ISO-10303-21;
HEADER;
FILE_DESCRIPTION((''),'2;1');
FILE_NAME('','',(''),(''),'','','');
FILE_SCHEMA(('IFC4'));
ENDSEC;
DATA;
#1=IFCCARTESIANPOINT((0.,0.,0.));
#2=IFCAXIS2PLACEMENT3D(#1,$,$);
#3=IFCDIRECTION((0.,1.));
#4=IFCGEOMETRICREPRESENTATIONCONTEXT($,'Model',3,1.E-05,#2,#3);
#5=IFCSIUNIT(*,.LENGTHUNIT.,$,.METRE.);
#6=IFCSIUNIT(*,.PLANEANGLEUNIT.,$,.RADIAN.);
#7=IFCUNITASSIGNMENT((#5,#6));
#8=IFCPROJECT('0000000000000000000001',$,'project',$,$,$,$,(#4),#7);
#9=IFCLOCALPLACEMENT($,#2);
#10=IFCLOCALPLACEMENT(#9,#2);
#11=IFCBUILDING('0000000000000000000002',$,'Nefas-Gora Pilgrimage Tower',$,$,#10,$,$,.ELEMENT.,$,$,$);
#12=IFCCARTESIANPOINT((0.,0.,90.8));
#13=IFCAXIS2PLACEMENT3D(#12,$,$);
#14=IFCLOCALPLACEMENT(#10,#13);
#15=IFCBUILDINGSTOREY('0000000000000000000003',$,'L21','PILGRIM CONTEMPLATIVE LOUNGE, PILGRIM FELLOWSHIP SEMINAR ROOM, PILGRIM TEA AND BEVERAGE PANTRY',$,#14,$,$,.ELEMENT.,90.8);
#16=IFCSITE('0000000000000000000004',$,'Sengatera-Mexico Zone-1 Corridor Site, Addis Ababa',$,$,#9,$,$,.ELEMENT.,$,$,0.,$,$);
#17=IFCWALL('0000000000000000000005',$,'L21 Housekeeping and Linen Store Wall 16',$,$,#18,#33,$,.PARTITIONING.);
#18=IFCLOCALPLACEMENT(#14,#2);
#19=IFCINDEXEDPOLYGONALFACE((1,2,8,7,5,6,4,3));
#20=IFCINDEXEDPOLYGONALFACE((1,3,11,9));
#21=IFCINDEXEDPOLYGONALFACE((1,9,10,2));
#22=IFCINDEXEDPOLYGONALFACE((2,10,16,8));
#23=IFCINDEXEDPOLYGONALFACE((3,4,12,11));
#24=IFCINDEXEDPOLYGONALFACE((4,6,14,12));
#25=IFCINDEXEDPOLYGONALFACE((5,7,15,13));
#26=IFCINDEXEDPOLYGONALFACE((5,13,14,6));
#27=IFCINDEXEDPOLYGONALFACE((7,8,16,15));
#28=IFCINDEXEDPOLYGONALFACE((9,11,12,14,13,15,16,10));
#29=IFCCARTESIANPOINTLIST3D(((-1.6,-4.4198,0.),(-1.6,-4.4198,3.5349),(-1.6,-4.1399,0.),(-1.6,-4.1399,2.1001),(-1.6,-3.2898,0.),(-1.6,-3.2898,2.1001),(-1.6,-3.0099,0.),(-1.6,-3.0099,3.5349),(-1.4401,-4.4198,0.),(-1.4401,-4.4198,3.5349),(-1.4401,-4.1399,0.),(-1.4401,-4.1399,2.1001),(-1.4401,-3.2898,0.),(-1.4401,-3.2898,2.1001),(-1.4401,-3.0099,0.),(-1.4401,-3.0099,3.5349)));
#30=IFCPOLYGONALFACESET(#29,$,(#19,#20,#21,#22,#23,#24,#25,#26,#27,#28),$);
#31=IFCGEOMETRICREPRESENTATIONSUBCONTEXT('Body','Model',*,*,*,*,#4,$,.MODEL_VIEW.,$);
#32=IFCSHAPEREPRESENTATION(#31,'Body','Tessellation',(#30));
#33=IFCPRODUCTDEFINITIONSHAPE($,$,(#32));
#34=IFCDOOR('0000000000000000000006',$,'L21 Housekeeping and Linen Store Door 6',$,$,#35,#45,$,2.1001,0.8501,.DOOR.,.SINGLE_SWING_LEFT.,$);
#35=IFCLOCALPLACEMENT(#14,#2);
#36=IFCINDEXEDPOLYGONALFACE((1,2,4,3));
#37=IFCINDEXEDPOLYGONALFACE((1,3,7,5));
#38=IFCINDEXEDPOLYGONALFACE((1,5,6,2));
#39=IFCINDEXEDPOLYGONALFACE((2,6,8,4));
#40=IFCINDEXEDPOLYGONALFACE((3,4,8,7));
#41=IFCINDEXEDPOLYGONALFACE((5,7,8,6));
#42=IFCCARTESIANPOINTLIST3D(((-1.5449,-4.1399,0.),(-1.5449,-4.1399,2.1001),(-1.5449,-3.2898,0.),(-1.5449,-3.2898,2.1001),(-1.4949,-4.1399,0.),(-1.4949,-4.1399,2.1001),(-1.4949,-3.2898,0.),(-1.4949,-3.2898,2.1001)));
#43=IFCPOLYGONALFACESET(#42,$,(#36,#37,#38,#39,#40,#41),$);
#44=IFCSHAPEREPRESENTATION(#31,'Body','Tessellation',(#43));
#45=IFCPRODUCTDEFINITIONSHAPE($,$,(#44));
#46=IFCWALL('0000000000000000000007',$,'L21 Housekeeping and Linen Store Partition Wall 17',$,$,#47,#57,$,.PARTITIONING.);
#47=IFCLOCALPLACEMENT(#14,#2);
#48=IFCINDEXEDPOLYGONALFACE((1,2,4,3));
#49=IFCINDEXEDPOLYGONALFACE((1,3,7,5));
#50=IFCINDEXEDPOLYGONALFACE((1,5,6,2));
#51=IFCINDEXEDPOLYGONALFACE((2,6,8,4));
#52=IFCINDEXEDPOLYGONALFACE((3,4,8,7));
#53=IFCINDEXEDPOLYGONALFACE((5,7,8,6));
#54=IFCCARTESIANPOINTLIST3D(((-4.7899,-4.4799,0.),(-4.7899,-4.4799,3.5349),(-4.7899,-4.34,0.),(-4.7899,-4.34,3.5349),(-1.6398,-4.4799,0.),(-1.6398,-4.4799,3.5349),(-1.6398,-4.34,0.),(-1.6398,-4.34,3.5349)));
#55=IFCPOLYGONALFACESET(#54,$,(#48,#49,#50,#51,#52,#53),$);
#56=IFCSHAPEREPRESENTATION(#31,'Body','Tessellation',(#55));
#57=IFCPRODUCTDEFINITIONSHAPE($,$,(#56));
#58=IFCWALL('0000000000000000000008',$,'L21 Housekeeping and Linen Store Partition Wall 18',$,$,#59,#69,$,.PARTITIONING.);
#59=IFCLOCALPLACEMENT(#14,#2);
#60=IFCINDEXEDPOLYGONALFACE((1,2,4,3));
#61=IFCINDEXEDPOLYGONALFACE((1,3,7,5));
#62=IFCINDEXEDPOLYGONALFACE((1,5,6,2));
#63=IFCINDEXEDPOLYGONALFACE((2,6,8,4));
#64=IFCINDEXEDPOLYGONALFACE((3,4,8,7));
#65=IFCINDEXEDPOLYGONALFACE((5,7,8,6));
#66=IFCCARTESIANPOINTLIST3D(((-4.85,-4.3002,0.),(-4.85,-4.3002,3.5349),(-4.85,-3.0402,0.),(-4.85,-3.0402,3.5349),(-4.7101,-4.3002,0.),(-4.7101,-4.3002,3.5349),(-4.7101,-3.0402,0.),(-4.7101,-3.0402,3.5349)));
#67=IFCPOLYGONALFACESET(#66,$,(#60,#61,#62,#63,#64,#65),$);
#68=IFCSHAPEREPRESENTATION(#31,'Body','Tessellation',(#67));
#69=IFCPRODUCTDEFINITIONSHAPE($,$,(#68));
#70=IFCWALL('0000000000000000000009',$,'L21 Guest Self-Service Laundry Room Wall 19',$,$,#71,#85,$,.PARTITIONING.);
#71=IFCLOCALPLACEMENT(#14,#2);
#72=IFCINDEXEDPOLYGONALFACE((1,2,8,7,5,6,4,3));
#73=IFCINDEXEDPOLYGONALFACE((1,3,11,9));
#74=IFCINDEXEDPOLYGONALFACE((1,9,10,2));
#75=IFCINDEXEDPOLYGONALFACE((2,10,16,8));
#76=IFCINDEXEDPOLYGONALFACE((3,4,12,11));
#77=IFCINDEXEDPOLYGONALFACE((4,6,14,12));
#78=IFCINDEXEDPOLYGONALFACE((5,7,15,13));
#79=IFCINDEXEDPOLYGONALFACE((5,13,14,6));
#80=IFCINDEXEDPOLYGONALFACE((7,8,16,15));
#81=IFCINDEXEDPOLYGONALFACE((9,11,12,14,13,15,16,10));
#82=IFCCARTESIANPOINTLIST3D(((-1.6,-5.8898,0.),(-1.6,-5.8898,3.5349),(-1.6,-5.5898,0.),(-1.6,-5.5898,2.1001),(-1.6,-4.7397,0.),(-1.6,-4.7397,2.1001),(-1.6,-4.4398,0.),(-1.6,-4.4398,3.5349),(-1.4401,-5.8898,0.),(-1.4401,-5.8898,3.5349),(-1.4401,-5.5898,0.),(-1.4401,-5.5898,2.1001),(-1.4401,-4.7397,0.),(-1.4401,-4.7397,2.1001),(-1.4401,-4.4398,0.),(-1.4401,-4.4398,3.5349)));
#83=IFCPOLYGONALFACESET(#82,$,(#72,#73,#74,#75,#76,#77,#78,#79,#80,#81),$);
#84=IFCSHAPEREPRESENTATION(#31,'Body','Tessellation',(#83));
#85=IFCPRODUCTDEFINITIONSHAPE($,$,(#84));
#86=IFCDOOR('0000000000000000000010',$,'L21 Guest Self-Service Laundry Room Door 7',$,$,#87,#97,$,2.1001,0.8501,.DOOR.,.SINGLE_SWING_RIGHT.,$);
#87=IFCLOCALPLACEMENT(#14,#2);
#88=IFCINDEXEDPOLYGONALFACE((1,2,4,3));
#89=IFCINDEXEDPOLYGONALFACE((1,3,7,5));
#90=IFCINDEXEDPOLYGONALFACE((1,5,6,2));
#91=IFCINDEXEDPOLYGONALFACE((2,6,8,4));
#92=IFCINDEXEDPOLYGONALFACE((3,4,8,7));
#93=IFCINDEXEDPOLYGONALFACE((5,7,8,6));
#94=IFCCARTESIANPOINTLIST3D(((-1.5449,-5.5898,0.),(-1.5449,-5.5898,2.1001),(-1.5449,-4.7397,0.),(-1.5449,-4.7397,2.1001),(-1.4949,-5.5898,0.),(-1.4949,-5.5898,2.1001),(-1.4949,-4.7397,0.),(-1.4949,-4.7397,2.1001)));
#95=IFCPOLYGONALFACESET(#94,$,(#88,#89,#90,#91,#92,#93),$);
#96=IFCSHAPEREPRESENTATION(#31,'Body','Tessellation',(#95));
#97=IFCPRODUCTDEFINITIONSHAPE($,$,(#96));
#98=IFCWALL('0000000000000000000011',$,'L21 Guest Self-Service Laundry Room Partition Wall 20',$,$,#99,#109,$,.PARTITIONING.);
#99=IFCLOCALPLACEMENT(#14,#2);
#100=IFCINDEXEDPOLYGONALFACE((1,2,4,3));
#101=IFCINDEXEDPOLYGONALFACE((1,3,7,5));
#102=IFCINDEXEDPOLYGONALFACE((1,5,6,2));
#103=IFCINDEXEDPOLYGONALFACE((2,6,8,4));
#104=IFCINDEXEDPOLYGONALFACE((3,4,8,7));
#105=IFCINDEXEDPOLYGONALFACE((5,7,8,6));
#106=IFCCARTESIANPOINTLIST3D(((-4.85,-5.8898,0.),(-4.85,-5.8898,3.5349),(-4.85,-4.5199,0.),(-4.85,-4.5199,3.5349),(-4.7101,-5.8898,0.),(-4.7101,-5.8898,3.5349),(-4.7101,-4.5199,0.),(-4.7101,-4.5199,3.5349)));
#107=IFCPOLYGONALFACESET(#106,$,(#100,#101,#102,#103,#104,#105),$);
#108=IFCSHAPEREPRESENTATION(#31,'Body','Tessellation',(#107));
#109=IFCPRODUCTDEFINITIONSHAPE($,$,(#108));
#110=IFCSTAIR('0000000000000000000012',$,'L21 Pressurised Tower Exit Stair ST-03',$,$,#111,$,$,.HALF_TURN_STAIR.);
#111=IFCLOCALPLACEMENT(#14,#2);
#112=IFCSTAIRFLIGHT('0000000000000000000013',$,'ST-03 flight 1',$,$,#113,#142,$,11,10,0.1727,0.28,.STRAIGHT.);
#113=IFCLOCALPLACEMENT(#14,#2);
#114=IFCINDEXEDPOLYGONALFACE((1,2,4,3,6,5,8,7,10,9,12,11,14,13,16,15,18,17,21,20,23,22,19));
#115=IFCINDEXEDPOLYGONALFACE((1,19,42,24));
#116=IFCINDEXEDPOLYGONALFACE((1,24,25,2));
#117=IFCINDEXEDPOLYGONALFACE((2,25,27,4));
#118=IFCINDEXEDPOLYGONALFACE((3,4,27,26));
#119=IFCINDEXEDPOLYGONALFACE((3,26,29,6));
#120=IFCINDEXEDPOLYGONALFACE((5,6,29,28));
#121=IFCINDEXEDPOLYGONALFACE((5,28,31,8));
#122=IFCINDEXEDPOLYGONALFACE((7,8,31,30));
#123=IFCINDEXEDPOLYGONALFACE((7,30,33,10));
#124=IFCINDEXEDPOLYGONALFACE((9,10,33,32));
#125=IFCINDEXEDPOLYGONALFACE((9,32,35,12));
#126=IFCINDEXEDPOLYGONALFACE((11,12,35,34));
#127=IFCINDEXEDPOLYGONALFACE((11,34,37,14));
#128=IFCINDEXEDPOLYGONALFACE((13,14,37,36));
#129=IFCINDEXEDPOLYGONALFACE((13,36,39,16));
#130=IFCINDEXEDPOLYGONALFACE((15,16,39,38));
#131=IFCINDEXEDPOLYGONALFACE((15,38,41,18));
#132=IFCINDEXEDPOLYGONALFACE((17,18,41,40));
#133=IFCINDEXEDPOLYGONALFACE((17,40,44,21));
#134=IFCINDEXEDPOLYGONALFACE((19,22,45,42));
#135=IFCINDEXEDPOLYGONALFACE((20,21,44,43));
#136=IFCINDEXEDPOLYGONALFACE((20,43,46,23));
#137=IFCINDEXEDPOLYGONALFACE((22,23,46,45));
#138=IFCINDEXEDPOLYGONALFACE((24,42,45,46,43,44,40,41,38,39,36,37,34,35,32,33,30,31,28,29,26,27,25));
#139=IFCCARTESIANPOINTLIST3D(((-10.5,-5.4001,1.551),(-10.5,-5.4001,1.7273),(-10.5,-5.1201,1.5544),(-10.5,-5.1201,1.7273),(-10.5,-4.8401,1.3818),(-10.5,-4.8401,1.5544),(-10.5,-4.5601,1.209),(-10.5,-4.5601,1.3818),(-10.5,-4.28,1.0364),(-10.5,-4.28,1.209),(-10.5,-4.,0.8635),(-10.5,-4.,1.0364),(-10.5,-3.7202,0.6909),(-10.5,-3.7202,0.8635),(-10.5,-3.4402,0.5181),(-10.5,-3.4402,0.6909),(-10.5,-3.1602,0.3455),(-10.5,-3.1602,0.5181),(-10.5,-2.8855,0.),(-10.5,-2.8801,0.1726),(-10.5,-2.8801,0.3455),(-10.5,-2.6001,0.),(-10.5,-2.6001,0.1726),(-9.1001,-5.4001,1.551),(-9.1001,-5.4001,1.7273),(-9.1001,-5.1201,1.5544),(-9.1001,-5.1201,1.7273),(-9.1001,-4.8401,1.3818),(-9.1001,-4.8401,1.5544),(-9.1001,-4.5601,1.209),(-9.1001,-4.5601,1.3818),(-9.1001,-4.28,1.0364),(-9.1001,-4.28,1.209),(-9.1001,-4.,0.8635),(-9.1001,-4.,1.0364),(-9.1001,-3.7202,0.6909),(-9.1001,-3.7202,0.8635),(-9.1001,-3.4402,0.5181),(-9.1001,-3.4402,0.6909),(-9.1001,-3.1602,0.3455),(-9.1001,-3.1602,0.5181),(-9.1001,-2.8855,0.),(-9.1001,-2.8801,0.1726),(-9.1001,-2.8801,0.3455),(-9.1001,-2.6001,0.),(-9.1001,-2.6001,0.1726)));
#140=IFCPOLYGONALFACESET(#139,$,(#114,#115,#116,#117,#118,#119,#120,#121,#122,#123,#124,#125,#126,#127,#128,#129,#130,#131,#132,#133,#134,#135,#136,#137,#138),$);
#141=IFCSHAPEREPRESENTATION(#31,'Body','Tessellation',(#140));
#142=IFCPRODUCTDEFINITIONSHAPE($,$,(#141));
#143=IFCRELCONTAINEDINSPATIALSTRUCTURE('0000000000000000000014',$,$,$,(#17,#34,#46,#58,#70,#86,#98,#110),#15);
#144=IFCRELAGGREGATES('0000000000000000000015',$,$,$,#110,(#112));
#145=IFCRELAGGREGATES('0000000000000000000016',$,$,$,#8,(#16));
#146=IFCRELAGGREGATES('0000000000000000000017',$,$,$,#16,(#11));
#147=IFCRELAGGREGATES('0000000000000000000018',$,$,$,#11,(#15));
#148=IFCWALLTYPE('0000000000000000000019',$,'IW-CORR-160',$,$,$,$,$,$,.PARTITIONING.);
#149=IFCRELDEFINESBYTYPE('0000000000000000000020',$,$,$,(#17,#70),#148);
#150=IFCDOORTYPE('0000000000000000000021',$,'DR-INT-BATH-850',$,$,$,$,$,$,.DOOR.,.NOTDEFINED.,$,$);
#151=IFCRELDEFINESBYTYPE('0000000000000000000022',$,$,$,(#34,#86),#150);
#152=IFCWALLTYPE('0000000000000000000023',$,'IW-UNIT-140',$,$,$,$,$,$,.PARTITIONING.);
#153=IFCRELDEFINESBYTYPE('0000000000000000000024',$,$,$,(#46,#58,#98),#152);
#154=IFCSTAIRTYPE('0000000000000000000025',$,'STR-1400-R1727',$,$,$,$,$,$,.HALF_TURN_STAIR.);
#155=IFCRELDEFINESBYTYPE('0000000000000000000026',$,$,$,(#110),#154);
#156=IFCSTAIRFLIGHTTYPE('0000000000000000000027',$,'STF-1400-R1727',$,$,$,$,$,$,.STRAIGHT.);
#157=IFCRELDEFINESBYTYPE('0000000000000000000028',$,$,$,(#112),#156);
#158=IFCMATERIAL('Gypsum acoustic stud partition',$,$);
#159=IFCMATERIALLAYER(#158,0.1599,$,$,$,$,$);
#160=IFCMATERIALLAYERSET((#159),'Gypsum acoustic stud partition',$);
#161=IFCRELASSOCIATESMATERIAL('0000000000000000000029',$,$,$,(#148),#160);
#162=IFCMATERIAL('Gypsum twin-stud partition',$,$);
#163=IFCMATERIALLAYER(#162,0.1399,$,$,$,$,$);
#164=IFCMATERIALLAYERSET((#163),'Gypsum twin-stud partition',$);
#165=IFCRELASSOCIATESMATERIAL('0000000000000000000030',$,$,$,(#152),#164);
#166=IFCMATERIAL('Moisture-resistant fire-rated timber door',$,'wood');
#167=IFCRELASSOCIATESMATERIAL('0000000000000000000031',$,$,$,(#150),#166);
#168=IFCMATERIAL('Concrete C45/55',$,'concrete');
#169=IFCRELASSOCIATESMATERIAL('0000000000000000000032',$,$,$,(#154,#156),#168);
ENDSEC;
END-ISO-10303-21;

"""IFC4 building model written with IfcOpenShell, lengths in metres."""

from ifc_helpers import new_model, si_unit, direction, frame, frame_2d, origin, place, context, subcontext, project, spatial, polyline, rectangle, outline, extrude, source, transform, mapped, material, layer, layer_set, type_object, element, fill, aggregate, save


model = new_model("IFC4")

# Units and contexts
model_context = context("Model", 3, precision=1e-05, world=origin(), true_north=direction((0.0, 1.0)))
body_context = subcontext(model_context, "Body", "Model", "MODEL_VIEW")
ifc_project = project(units=[si_unit("LENGTHUNIT", "METRE"), si_unit("PLANEANGLEUNIT", "RADIAN")], contexts=[model_context])

# Site, building, storey
site_placement = place(None, origin())
site = spatial("IfcSite", under=ifc_project, at=site_placement, Name="Sengatera-Mexico Zone-1 Corridor Site, Addis Ababa", CompositionType="ELEMENT", RefElevation=0.0)
building_placement = place(site_placement, origin())
building = spatial("IfcBuilding", under=site, at=building_placement, Name="Nefas-Gora Pilgrimage Tower", CompositionType="ELEMENT")
storey_placement = place(building_placement, frame((0.0, 0.0, 90.8)))
storey = spatial("IfcBuildingStorey", under=building, at=storey_placement, Name="L21", Description="PILGRIM CONTEMPLATIVE LOUNGE, PILGRIM FELLOWSHIP SEMINAR ROOM, PILGRIM TEA AND BEVERAGE PANTRY", CompositionType="ELEMENT", Elevation=90.8)

# Shared definitions
ifc_material_1 = material(Name="Concrete C45/55", Category="concrete")

# Shared definitions
ifc_material_2 = material(Name="Gypsum acoustic stud partition")
ifc_layer_1 = layer(ifc_material_2, 0.1599)
ifc_layer_set_1 = layer_set([ifc_layer_1], Name="Gypsum acoustic stud partition")
wall_type_1 = type_object("IfcWallType", Name="IW-CORR-160", PredefinedType="PARTITIONING", material=ifc_layer_set_1)
ifc_material_3 = material(Name="Gypsum twin-stud partition")
ifc_layer_2 = layer(ifc_material_3, 0.1399)
ifc_layer_set_2 = layer_set([ifc_layer_2], Name="Gypsum twin-stud partition")
wall_type_2 = type_object("IfcWallType", Name="IW-UNIT-140", PredefinedType="PARTITIONING", material=ifc_layer_set_2)

# Wall, opening, door
shared_shape_1 = source(origin(), body_context, "Body", "SweptSolid", [
    extrude(rectangle(XDim=1.4099, YDim=0.1599, at=frame_2d((0.7051, 0.0))), origin(), (0.0, 0.0, 1.0), 3.5349),
])
wall_1_placement = place(storey_placement, frame((-1.52, -4.4199, 0.0), z_axis=(0.0, 0.0, 1.0), x_axis=(0.0, 1.0, 0.0)))
wall_1 = element("IfcWall", 1, at=wall_1_placement, inside=storey, type_object=wall_type_1, Name="L21 Housekeeping and Linen Store Wall 16", PredefinedType="PARTITIONING", context=body_context, shape_type="MappedRepresentation", body=[
    mapped(shared_shape_1, transform((0.0, 0.0, 0.0), x_axis=(1.0, 0.0, 0.0), y_axis=(0.0, 1.0, 0.0), z_axis=(0.0, 0.0, 1.0), scale=1.0)),
])
opening_1_placement = place(wall_1_placement, frame((0.28, 0.0, 0.0)))
opening_1 = element("IfcOpeningElement", 2, at=opening_1_placement, cuts=wall_1, PredefinedType="OPENING", context=body_context, shape_type="SweptSolid", body=[
    extrude(rectangle(XDim=0.8501, YDim=2.1001, at=frame_2d((0.425, 1.05))), frame((0.0, 0.0898, 0.0), z_axis=(0.0, -1.0, 0.0), x_axis=(1.0, 0.0, 0.0)), (0.0, 0.0, 1.0), 0.1799),
])
ifc_material_4 = material(Name="Moisture-resistant fire-rated timber door", Category="wood")
door_type_1 = type_object("IfcDoorType", Name="DR-INT-BATH-850", OperationType="NOTDEFINED", PredefinedType="DOOR", material=ifc_material_4)
shared_shape_2 = source(origin(), body_context, "Body", "SweptSolid", [
    extrude(rectangle(XDim=0.8501, YDim=2.1001, at=frame_2d((0.425, 1.05))), frame((0.0, 0.0249, 0.0), z_axis=(0.0, -1.0, 0.0), x_axis=(1.0, 0.0, 0.0)), (0.0, 0.0, 1.0), 0.05),
])
door_1_placement = place(opening_1_placement, origin())
door_1 = element("IfcDoor", 3, at=door_1_placement, inside=storey, type_object=door_type_1, Name="L21 Housekeeping and Linen Store Door 6", OperationType="SINGLE_SWING_LEFT", OverallHeight=2.1001, OverallWidth=0.8501, PredefinedType="DOOR", context=body_context, shape_type="MappedRepresentation", body=[
    mapped(shared_shape_2, transform((0.0, 0.0, 0.0), x_axis=(1.0, 0.0, 0.0), y_axis=(0.0, 1.0, 0.0), z_axis=(0.0, 0.0, 1.0), scale=1.0)),
])
fill(opening_1, door_1)

# Walls
shared_shape_3 = source(origin(), body_context, "Body", "SweptSolid", [
    extrude(rectangle(XDim=3.1501, YDim=0.1399, at=frame_2d((1.5752, 0.0))), origin(), (0.0, 0.0, 1.0), 3.5349),
])
wall_2_placement = place(storey_placement, frame((-4.79, -4.4099, 0.0), z_axis=(0.0, 0.0, 1.0), x_axis=(1.0, 0.0, 0.0)))
element("IfcWall", 4, at=wall_2_placement, inside=storey, type_object=wall_type_2, Name="L21 Housekeeping and Linen Store Partition Wall 17", PredefinedType="PARTITIONING", context=body_context, shape_type="MappedRepresentation", body=[
    mapped(shared_shape_3, transform((0.0, 0.0, 0.0), x_axis=(1.0, 0.0, 0.0), y_axis=(0.0, 1.0, 0.0), z_axis=(0.0, 0.0, 1.0), scale=1.0)),
])
shared_shape_4 = source(origin(), body_context, "Body", "SweptSolid", [
    extrude(rectangle(XDim=1.26, YDim=0.1399, at=frame_2d((0.6299, 0.0))), origin(), (0.0, 0.0, 1.0), 3.5349),
])
wall_3_placement = place(storey_placement, frame((-4.78, -4.3, 0.0), z_axis=(0.0, 0.0, 1.0), x_axis=(0.0, 1.0, 0.0)))
element("IfcWall", 5, at=wall_3_placement, inside=storey, type_object=wall_type_2, Name="L21 Housekeeping and Linen Store Partition Wall 18", PredefinedType="PARTITIONING", context=body_context, shape_type="MappedRepresentation", body=[
    mapped(shared_shape_4, transform((0.0, 0.0, 0.0), x_axis=(1.0, 0.0, 0.0), y_axis=(0.0, 1.0, 0.0), z_axis=(0.0, 0.0, 1.0), scale=1.0)),
])

# Wall, opening, door
shared_shape_5 = source(origin(), body_context, "Body", "SweptSolid", [
    extrude(rectangle(XDim=1.45, YDim=0.1599, at=frame_2d((0.7251, 0.0))), origin(), (0.0, 0.0, 1.0), 3.5349),
])
wall_4_placement = place(storey_placement, frame((-1.52, -5.8899, 0.0), z_axis=(0.0, 0.0, 1.0), x_axis=(0.0, 1.0, 0.0)))
wall_4 = element("IfcWall", 6, at=wall_4_placement, inside=storey, type_object=wall_type_1, Name="L21 Guest Self-Service Laundry Room Wall 19", PredefinedType="PARTITIONING", context=body_context, shape_type="MappedRepresentation", body=[
    mapped(shared_shape_5, transform((0.0, 0.0, 0.0), x_axis=(1.0, 0.0, 0.0), y_axis=(0.0, 1.0, 0.0), z_axis=(0.0, 0.0, 1.0), scale=1.0)),
])
opening_2_placement = place(wall_4_placement, frame((0.3, 0.0, 0.0)))
opening_2 = element("IfcOpeningElement", 7, at=opening_2_placement, cuts=wall_4, PredefinedType="OPENING", context=body_context, shape_type="SweptSolid", body=[
    extrude(rectangle(XDim=0.8501, YDim=2.1001, at=frame_2d((0.425, 1.05))), frame((0.0, 0.0898, 0.0), z_axis=(0.0, -1.0, 0.0), x_axis=(1.0, 0.0, 0.0)), (0.0, 0.0, 1.0), 0.1799),
])
door_2_placement = place(opening_2_placement, origin())
door_2 = element("IfcDoor", 8, at=door_2_placement, inside=storey, type_object=door_type_1, Name="L21 Guest Self-Service Laundry Room Door 7", OperationType="SINGLE_SWING_RIGHT", OverallHeight=2.1001, OverallWidth=0.8501, PredefinedType="DOOR", context=body_context, shape_type="MappedRepresentation", body=[
    mapped(shared_shape_2, transform((0.0, 0.0, 0.0), x_axis=(1.0, 0.0, 0.0), y_axis=(0.0, 1.0, 0.0), z_axis=(0.0, 0.0, 1.0), scale=1.0)),
])
fill(opening_2, door_2)

# Wall
shared_shape_6 = source(origin(), body_context, "Body", "SweptSolid", [
    extrude(rectangle(XDim=1.3699, YDim=0.1399, at=frame_2d((0.6851, 0.0))), origin(), (0.0, 0.0, 1.0), 3.5349),
])
wall_5_placement = place(storey_placement, frame((-4.78, -5.8899, 0.0), z_axis=(0.0, 0.0, 1.0), x_axis=(0.0, 1.0, 0.0)))
element("IfcWall", 9, at=wall_5_placement, inside=storey, type_object=wall_type_2, Name="L21 Guest Self-Service Laundry Room Partition Wall 20", PredefinedType="PARTITIONING", context=body_context, shape_type="MappedRepresentation", body=[
    mapped(shared_shape_6, transform((0.0, 0.0, 0.0), x_axis=(1.0, 0.0, 0.0), y_axis=(0.0, 1.0, 0.0), z_axis=(0.0, 0.0, 1.0), scale=1.0)),
])

# Stair, stair flight
stair_type = type_object("IfcStairType", Name="STR-1400-R1727", PredefinedType="HALF_TURN_STAIR", material=ifc_material_1)
stair_placement = place(storey_placement, origin())
stair = element("IfcStair", 10, at=stair_placement, inside=storey, type_object=stair_type, Name="L21 Pressurised Tower Exit Stair ST-03", PredefinedType="HALF_TURN_STAIR")
stair_flight_type = type_object("IfcStairFlightType", Name="STF-1400-R1727", PredefinedType="STRAIGHT", material=ifc_material_1)
shared_shape_7 = source(origin(), body_context, "Body", "SweptSolid", [
    extrude(outline(polyline([(0.0, 0.0), (0.0, 0.1726), (0.28, 0.1726), (0.28, 0.3455), (0.5601, 0.3455), (0.5601, 0.5181), (0.8401, 0.5181), (0.8401, 0.6909), (1.1201, 0.6909), (1.1201, 0.8635), (1.3999, 0.8635), (1.3999, 1.0364), (1.6799, 1.0364), (1.6799, 1.209), (1.96, 1.209), (1.96, 1.3818), (2.24, 1.3818), (2.24, 1.5544), (2.52, 1.5544), (2.52, 1.7273), (2.8, 1.7273), (2.8, 1.8999), (2.8, 1.551), (0.2854, 0.0), (0.0, 0.0)])), frame((0.0, 0.7, 0.0), z_axis=(0.0, -1.0, 0.0), x_axis=(1.0, 0.0, 0.0)), (0.0, 0.0, 1.0), 1.3999),
])
stair_flight_1_placement = place(storey_placement, frame((-9.8, -2.6001, 0.0), z_axis=(0.0, 0.0, 1.0), x_axis=(0.0, -1.0, 0.0)))
stair_flight_1 = element("IfcStairFlight", 11, at=stair_flight_1_placement, type_object=stair_flight_type, Name="ST-03 flight 1", NumberOfRisers=11, NumberOfTreads=10, PredefinedType="STRAIGHT", RiserHeight=0.1727, TreadLength=0.28, context=body_context, shape_type="MappedRepresentation", body=[
    mapped(shared_shape_7, transform((0.0, 0.0, 0.0), x_axis=(1.0, 0.0, 0.0), y_axis=(0.0, 1.0, 0.0), z_axis=(0.0, 0.0, 1.0), scale=1.0)),
])
aggregate(stair, [stair_flight_1])

save(model, "model.ifc")
